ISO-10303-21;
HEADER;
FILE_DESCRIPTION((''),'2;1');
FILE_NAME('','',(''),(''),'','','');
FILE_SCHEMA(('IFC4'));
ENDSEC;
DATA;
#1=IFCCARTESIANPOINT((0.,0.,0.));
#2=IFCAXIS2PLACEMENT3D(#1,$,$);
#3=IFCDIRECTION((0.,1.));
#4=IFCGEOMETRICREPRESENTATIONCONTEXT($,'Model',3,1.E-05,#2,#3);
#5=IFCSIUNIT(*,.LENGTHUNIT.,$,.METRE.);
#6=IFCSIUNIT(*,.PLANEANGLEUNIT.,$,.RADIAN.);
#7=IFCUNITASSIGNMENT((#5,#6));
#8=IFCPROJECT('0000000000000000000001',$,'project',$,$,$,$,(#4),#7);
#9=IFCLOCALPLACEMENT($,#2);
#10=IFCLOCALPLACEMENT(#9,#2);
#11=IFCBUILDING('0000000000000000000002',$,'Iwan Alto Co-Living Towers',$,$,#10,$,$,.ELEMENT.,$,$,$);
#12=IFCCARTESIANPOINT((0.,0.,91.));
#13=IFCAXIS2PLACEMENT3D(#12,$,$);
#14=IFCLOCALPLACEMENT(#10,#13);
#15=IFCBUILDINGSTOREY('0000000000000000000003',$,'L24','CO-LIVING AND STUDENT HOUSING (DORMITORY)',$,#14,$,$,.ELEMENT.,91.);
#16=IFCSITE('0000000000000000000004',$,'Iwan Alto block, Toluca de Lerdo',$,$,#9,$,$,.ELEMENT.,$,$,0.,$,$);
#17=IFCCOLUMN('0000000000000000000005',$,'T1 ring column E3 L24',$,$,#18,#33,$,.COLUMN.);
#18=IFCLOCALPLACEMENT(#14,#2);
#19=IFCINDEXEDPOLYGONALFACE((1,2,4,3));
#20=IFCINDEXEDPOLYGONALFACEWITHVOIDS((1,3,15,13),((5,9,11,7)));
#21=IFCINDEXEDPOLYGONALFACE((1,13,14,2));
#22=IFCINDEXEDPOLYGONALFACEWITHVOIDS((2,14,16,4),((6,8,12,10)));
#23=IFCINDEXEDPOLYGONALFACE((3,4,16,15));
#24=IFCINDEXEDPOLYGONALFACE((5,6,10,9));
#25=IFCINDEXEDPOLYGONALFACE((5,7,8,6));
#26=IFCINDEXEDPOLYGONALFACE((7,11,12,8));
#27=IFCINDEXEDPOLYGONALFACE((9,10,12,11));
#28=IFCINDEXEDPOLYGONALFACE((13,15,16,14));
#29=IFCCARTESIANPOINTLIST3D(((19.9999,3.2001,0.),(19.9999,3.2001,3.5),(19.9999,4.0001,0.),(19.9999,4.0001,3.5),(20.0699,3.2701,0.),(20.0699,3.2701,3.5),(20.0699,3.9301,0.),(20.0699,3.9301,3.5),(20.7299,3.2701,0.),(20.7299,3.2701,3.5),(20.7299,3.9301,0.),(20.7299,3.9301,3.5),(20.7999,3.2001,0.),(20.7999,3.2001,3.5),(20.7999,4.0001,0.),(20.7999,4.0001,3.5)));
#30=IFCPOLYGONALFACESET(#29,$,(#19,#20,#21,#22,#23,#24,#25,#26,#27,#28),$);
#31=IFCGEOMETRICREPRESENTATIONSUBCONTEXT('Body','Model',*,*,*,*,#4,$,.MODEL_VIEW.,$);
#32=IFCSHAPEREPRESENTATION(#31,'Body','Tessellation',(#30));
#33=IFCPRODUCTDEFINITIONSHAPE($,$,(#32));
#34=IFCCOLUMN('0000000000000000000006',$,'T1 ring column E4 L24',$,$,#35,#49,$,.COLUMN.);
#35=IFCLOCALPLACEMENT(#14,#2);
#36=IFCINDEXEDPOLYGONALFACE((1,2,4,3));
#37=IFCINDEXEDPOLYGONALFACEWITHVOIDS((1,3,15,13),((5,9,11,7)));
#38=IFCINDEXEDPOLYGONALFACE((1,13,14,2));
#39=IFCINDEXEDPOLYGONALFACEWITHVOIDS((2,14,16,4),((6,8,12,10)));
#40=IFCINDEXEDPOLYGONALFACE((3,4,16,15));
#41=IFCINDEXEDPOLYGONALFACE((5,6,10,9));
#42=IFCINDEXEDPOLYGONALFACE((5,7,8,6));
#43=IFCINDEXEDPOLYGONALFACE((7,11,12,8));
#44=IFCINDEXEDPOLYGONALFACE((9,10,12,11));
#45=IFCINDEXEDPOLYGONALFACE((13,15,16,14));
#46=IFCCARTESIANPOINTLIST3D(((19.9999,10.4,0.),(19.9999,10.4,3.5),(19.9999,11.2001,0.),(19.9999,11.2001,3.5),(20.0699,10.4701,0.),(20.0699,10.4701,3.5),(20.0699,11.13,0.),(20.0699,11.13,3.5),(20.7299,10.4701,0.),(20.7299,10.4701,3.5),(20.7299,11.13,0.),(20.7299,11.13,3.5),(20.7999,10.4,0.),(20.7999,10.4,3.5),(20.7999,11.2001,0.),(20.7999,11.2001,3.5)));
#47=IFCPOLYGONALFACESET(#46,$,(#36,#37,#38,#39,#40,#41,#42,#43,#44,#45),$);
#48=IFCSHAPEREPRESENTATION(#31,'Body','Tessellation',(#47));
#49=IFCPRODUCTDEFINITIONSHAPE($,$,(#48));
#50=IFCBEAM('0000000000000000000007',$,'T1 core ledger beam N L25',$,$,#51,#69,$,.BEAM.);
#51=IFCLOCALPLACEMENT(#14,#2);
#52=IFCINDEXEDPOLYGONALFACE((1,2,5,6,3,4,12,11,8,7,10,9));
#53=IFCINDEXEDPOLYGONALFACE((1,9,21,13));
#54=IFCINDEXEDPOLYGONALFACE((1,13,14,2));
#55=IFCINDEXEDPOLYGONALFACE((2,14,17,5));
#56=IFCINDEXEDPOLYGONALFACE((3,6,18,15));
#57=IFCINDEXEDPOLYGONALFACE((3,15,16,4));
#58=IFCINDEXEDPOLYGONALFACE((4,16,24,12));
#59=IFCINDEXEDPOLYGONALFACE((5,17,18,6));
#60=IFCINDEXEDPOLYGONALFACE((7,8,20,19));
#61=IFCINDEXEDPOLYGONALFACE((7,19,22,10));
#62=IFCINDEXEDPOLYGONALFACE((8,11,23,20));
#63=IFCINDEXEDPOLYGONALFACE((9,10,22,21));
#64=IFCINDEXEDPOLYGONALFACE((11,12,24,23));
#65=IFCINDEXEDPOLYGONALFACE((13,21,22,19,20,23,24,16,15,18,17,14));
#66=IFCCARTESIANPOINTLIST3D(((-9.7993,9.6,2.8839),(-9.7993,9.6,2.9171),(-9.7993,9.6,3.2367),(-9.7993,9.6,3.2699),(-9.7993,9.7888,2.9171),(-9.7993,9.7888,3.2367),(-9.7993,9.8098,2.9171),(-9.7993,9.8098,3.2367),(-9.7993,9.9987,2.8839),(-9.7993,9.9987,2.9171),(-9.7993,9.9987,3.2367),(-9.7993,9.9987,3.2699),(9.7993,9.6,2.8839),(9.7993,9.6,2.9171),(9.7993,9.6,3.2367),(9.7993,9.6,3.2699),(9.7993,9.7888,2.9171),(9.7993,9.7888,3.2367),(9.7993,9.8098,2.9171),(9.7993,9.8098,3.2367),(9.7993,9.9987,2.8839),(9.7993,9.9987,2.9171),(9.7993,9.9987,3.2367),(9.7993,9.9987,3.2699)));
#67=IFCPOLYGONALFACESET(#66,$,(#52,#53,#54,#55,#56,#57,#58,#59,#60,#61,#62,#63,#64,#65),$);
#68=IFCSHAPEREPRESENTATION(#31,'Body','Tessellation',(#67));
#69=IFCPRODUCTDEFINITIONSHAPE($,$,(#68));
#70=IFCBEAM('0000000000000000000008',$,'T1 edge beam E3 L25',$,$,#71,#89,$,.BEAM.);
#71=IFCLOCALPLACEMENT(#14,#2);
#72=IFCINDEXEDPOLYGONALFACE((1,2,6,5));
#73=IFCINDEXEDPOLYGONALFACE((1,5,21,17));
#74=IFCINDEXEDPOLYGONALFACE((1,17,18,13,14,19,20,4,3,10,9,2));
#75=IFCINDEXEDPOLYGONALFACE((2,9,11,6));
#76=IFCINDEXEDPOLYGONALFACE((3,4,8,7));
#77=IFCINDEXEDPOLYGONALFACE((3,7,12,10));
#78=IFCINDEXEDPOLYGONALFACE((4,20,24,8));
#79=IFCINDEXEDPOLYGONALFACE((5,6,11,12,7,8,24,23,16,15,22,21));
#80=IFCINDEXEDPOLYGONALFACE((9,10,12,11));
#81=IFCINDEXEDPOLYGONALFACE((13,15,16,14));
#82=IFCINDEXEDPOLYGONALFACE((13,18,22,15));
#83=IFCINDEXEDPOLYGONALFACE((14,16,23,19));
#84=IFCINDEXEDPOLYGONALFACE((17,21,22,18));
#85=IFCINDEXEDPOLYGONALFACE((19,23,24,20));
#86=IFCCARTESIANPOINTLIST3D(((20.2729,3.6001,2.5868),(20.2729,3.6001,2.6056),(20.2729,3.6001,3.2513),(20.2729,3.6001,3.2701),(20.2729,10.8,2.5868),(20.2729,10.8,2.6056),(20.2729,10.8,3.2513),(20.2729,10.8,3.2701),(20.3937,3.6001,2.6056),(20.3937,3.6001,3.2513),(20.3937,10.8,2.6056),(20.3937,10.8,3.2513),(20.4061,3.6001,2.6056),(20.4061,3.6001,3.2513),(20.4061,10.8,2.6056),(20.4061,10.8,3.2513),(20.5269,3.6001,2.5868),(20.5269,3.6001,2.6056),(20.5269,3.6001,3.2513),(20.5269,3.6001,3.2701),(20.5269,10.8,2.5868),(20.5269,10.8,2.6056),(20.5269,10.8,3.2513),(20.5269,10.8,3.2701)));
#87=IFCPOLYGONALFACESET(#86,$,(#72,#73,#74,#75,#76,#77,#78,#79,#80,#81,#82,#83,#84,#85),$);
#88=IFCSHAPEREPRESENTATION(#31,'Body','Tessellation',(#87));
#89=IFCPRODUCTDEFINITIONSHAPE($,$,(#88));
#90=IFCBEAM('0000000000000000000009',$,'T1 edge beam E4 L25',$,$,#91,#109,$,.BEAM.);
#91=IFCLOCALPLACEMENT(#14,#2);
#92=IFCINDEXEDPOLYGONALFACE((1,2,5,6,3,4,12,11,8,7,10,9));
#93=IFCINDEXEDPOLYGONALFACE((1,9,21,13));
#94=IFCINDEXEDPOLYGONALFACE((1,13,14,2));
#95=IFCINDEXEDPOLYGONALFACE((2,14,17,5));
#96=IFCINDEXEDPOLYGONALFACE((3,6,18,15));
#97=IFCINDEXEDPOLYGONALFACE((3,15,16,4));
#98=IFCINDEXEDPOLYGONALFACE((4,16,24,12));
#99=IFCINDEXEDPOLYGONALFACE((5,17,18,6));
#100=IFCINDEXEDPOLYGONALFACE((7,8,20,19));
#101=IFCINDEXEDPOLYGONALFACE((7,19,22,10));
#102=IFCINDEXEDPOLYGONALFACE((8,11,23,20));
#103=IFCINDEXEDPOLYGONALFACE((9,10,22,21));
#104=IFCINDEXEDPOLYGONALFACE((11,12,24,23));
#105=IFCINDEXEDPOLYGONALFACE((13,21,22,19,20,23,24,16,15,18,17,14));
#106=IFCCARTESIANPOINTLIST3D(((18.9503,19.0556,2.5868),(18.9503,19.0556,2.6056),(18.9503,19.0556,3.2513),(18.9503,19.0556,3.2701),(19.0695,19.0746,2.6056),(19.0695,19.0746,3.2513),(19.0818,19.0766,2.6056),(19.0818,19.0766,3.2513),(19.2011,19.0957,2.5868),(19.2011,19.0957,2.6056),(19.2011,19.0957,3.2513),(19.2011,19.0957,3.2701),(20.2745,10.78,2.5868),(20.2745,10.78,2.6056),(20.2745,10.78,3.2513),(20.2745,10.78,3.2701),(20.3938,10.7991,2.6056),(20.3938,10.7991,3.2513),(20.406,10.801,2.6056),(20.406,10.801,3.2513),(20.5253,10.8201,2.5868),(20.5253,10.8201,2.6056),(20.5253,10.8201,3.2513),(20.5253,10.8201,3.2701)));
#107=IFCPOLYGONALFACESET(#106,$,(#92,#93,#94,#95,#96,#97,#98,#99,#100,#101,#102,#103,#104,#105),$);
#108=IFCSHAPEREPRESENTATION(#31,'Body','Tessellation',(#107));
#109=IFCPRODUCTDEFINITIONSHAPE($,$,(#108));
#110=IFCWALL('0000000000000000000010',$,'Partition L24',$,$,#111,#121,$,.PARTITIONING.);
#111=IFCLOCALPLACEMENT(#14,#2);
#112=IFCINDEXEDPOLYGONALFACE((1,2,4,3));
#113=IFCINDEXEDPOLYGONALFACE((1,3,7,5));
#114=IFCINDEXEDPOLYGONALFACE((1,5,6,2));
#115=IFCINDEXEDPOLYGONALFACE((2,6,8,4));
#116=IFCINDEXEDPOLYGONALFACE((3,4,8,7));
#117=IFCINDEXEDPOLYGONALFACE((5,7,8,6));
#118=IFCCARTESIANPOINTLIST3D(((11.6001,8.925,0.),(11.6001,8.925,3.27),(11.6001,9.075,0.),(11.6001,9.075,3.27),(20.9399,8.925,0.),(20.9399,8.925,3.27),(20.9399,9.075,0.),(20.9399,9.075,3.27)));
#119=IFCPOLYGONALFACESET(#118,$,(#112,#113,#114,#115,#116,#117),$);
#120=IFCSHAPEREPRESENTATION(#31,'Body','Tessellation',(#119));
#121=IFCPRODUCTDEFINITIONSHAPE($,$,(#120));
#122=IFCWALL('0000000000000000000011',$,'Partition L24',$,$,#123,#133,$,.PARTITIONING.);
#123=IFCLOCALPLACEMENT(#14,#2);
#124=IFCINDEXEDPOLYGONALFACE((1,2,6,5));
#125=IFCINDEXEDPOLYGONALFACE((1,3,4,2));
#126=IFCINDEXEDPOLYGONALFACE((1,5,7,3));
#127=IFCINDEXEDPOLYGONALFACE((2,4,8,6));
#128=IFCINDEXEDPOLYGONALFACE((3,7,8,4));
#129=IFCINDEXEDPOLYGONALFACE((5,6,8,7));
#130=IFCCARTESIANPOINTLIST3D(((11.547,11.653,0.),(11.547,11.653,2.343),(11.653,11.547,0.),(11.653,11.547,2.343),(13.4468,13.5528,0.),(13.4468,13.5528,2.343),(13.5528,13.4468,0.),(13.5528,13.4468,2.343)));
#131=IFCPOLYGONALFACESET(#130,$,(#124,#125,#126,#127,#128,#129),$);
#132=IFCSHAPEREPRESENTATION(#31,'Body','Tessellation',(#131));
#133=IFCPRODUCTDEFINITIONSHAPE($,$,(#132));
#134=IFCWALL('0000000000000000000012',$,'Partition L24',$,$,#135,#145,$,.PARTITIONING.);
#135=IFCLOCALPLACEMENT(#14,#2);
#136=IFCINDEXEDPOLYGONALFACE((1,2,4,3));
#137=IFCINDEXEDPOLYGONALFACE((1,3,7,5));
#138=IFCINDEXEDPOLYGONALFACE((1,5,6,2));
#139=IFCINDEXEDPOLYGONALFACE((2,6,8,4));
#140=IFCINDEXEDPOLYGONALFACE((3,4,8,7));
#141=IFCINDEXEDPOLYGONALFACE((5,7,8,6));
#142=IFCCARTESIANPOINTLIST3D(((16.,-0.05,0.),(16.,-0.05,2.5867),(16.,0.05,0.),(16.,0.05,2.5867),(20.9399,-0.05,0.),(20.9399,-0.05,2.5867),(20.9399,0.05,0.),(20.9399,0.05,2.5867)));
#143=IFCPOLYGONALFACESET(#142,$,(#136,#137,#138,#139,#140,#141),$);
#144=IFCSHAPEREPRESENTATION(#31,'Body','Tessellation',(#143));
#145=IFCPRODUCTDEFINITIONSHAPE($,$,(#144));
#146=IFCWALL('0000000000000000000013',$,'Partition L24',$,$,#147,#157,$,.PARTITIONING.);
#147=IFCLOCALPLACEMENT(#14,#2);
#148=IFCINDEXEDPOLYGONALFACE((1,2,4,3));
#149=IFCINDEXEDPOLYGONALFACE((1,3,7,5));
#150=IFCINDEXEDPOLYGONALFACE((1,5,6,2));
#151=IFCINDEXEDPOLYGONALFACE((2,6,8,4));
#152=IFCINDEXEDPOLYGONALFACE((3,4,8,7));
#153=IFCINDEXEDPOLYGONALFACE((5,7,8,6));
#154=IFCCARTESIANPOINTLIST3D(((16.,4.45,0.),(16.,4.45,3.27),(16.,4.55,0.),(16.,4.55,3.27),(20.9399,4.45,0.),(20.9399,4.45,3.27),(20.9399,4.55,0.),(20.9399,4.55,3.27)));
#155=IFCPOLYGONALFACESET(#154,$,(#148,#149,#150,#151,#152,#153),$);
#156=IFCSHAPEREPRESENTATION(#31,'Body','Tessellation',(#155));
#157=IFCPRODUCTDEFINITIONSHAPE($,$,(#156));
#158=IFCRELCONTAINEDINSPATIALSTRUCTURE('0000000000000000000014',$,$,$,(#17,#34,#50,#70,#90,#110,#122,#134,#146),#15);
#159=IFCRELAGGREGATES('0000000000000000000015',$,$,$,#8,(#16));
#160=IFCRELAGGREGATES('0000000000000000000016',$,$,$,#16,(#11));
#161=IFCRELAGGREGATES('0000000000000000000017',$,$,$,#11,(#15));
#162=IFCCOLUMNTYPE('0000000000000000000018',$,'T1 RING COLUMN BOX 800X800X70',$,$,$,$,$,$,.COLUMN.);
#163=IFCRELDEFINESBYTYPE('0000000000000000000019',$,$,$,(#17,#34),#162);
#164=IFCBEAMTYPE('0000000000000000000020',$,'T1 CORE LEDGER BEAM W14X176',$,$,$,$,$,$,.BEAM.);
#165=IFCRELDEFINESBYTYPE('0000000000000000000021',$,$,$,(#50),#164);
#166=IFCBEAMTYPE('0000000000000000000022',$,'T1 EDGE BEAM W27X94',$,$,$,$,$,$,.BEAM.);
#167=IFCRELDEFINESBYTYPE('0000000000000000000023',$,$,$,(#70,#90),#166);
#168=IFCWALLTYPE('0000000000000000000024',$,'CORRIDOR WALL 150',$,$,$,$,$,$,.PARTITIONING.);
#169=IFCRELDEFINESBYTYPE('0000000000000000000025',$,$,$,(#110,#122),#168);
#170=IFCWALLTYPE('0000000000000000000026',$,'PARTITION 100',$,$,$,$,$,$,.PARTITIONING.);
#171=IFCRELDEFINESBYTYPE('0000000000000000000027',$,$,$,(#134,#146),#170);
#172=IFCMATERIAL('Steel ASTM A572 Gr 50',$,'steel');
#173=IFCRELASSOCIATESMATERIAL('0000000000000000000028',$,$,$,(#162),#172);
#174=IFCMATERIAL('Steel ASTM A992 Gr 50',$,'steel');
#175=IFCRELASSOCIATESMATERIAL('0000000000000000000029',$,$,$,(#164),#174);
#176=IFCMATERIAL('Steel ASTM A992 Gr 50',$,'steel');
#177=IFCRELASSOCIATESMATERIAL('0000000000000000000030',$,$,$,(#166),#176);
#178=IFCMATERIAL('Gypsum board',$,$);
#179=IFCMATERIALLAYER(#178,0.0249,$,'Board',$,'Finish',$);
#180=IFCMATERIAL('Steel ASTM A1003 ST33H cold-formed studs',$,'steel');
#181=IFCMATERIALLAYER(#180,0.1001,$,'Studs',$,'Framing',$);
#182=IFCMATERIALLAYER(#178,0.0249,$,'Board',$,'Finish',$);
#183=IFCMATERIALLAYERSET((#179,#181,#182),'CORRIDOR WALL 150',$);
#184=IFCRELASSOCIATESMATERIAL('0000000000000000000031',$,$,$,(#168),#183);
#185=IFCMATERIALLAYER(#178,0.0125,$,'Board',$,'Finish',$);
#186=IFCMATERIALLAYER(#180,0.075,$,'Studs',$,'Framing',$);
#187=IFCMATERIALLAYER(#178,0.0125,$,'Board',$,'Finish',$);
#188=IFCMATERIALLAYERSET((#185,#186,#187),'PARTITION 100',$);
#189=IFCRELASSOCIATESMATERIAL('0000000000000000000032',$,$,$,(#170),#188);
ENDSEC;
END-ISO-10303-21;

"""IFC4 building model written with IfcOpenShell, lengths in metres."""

from ifc_helpers import new_model, si_unit, direction, frame, frame_2d, origin, origin_2d, place, context, subcontext, project, spatial, rectangle, hollow_rectangle, i_section, extrude, material, layer, layer_set, material_profile, profile_set, type_object, element, save


model = new_model("IFC4")

# Units and contexts
model_context = context("Model", 3, precision=1e-05, world=origin(), true_north=direction((0.0, 1.0)))
body_context = subcontext(model_context, "Body", "Model", "MODEL_VIEW")
ifc_project = project(units=[si_unit("LENGTHUNIT", "METRE"), si_unit("PLANEANGLEUNIT", "RADIAN")], contexts=[model_context])

# Site, building, storey
site_placement = place(None, origin())
site = spatial("IfcSite", under=ifc_project, at=site_placement, Name="Iwan Alto block, Toluca de Lerdo", CompositionType="ELEMENT", RefElevation=0.0)
building_placement = place(site_placement, origin())
building = spatial("IfcBuilding", under=site, at=building_placement, Name="Iwan Alto Co-Living Towers", CompositionType="ELEMENT")
storey_placement = place(building_placement, frame((0.0, 0.0, 91.0)))
storey = spatial("IfcBuildingStorey", under=building, at=storey_placement, Name="L24", Description="CO-LIVING AND STUDENT HOUSING (DORMITORY)", CompositionType="ELEMENT", Elevation=91.0)

# Columns
ifc_material_1 = material(Name="Steel ASTM A572 Gr 50", Category="steel")
ifc_material_profile_1 = material_profile(ifc_material_1, hollow_rectangle(XDim=0.8, YDim=0.8, WallThickness=0.0701, at=origin_2d()), Name="BOX 800X800X70")
ifc_profile_set_1 = profile_set([ifc_material_profile_1], Name="Steel ASTM A572 Gr 50")
column_type = type_object("IfcColumnType", Name="T1 RING COLUMN BOX 800X800X70", PredefinedType="COLUMN", material=ifc_profile_set_1)
for number, where, z_axis, x_axis, name in (
    (1, (20.3999, 3.6001, 0.0), (0.0, 0.0, 1.0), (1.0, 0.0, 0.0), "T1 ring column E3 L24"),
    (2, (20.3999, 10.8, 0.0), (0.0, 0.0, 1.0), (1.0, 0.0, 0.0), "T1 ring column E4 L24"),
):
    element("IfcColumn", number, at=place(storey_placement, frame(where, z_axis=z_axis, x_axis=x_axis)), inside=storey, type_object=column_type, Name=name, PredefinedType="COLUMN", context=body_context, shape_type="SweptSolid", body=[
        extrude(hollow_rectangle(XDim=0.8, YDim=0.8, WallThickness=0.0701, at=origin_2d()), origin(), (0.0, 0.0, 1.0), 3.5),
    ])

# Beams
ifc_material_2 = material(Name="Steel ASTM A992 Gr 50", Category="steel")
ifc_material_profile_2 = material_profile(ifc_material_2, i_section(OverallWidth=0.3987, OverallDepth=0.386, WebThickness=0.021, FlangeThickness=0.0332, at=origin_2d()), Name="W14X176")
ifc_profile_set_2 = profile_set([ifc_material_profile_2], Name="Steel ASTM A992 Gr 50")
beam_type_1 = type_object("IfcBeamType", Name="T1 CORE LEDGER BEAM W14X176", PredefinedType="BEAM", material=ifc_profile_set_2)
beam_1_placement = place(storey_placement, frame((9.7993, 9.7993, 3.0769), z_axis=(-1.0, 0.0, 0.0), x_axis=(0.0, -1.0, 0.0)))
element("IfcBeam", 3, at=beam_1_placement, inside=storey, type_object=beam_type_1, Name="T1 core ledger beam N L25", PredefinedType="BEAM", context=body_context, shape_type="SweptSolid", body=[
    extrude(i_section(OverallWidth=0.3987, OverallDepth=0.386, WebThickness=0.021, FlangeThickness=0.0332, at=origin_2d()), origin(), (0.0, 0.0, 1.0), 19.5986),
])
ifc_material_3 = material(Name="Steel ASTM A992 Gr 50", Category="steel")
ifc_material_profile_3 = material_profile(ifc_material_3, i_section(OverallWidth=0.2539, OverallDepth=0.6833, WebThickness=0.0125, FlangeThickness=0.0188, at=origin_2d()), Name="W27X94")
ifc_profile_set_3 = profile_set([ifc_material_profile_3], Name="Steel ASTM A992 Gr 50")
beam_type_2 = type_object("IfcBeamType", Name="T1 EDGE BEAM W27X94", PredefinedType="BEAM", material=ifc_profile_set_3)
beam_2_placement = place(storey_placement, frame((20.3999, 3.6001, 2.9285), z_axis=(0.0, 1.0, 0.0), x_axis=(-1.0, 0.0, 0.0)))
element("IfcBeam", 4, at=beam_2_placement, inside=storey, type_object=beam_type_2, Name="T1 edge beam E3 L25", PredefinedType="BEAM", context=body_context, shape_type="SweptSolid", body=[
    extrude(i_section(OverallWidth=0.2539, OverallDepth=0.6833, WebThickness=0.0125, FlangeThickness=0.0188, at=origin_2d()), origin(), (0.0, 0.0, 1.0), 7.2),
])
beam_3_placement = place(storey_placement, frame((20.3999, 10.8, 2.9285), z_axis=(-0.158004, 0.987438, 0.0), x_axis=(-0.987438, -0.158004, 0.0)))
element("IfcBeam", 5, at=beam_3_placement, inside=storey, type_object=beam_type_2, Name="T1 edge beam E4 L25", PredefinedType="BEAM", context=body_context, shape_type="SweptSolid", body=[
    extrude(i_section(OverallWidth=0.2539, OverallDepth=0.6833, WebThickness=0.0125, FlangeThickness=0.0188, at=origin_2d()), origin(), (0.0, 0.0, 1.0), 8.3809),
])

# Walls
ifc_material_4 = material(Name="Gypsum board")
ifc_layer_1 = layer(ifc_material_4, 0.0249, Name="Board", Category="Finish")
ifc_material_5 = material(Name="Steel ASTM A1003 ST33H cold-formed studs", Category="steel")
ifc_layer_2 = layer(ifc_material_5, 0.1001, Name="Studs", Category="Framing")
ifc_layer_3 = layer(ifc_material_4, 0.0249, Name="Board", Category="Finish")
ifc_layer_set_1 = layer_set([ifc_layer_1, ifc_layer_2, ifc_layer_3], Name="CORRIDOR WALL 150")
wall_type_1 = type_object("IfcWallType", Name="CORRIDOR WALL 150", PredefinedType="PARTITIONING", material=ifc_layer_set_1)
wall_1_placement = place(storey_placement, frame((11.6001, 9.0, 0.0), z_axis=(0.0, 0.0, 1.0), x_axis=(1.0, 0.0, 0.0)))
element("IfcWall", 6, at=wall_1_placement, inside=storey, type_object=wall_type_1, Name="Partition L24", PredefinedType="PARTITIONING", context=body_context, shape_type="SweptSolid", body=[
    extrude(rectangle(XDim=9.3398, YDim=0.1499, at=frame_2d((4.6699, 0.0))), origin(), (0.0, 0.0, 1.0), 3.27),
])
wall_2_placement = place(storey_placement, frame((11.6001, 11.6001, 0.0), z_axis=(0.0, 0.0, 1.0), x_axis=(0.707107, 0.707107, 0.0)))
element("IfcWall", 7, at=wall_2_placement, inside=storey, type_object=wall_type_1, Name="Partition L24", PredefinedType="PARTITIONING", context=body_context, shape_type="SweptSolid", body=[
    extrude(rectangle(XDim=2.6868, YDim=0.1499, at=frame_2d((1.3433, 0.0))), origin(), (0.0, 0.0, 1.0), 2.343),
])
ifc_layer_4 = layer(ifc_material_4, 0.0125, Name="Board", Category="Finish")
ifc_layer_5 = layer(ifc_material_5, 0.075, Name="Studs", Category="Framing")
ifc_layer_6 = layer(ifc_material_4, 0.0125, Name="Board", Category="Finish")
ifc_layer_set_2 = layer_set([ifc_layer_4, ifc_layer_5, ifc_layer_6], Name="PARTITION 100")
wall_type_2 = type_object("IfcWallType", Name="PARTITION 100", PredefinedType="PARTITIONING", material=ifc_layer_set_2)
wall_3_placement = place(storey_placement, frame((16.0, 0.0, 0.0), z_axis=(0.0, 0.0, 1.0), x_axis=(1.0, 0.0, 0.0)))
element("IfcWall", 8, at=wall_3_placement, inside=storey, type_object=wall_type_2, Name="Partition L24", PredefinedType="PARTITIONING", context=body_context, shape_type="SweptSolid", body=[
    extrude(rectangle(XDim=4.9399, YDim=0.1001, at=frame_2d((2.47, 0.0))), origin(), (0.0, 0.0, 1.0), 2.5867),
])
wall_4_placement = place(storey_placement, frame((16.0, 4.5, 0.0), z_axis=(0.0, 0.0, 1.0), x_axis=(1.0, 0.0, 0.0)))
element("IfcWall", 9, at=wall_4_placement, inside=storey, type_object=wall_type_2, Name="Partition L24", PredefinedType="PARTITIONING", context=body_context, shape_type="SweptSolid", body=[
    extrude(rectangle(XDim=4.9399, YDim=0.1001, at=frame_2d((2.47, 0.0))), origin(), (0.0, 0.0, 1.0), 3.27),
])

save(model, "model.ifc")
